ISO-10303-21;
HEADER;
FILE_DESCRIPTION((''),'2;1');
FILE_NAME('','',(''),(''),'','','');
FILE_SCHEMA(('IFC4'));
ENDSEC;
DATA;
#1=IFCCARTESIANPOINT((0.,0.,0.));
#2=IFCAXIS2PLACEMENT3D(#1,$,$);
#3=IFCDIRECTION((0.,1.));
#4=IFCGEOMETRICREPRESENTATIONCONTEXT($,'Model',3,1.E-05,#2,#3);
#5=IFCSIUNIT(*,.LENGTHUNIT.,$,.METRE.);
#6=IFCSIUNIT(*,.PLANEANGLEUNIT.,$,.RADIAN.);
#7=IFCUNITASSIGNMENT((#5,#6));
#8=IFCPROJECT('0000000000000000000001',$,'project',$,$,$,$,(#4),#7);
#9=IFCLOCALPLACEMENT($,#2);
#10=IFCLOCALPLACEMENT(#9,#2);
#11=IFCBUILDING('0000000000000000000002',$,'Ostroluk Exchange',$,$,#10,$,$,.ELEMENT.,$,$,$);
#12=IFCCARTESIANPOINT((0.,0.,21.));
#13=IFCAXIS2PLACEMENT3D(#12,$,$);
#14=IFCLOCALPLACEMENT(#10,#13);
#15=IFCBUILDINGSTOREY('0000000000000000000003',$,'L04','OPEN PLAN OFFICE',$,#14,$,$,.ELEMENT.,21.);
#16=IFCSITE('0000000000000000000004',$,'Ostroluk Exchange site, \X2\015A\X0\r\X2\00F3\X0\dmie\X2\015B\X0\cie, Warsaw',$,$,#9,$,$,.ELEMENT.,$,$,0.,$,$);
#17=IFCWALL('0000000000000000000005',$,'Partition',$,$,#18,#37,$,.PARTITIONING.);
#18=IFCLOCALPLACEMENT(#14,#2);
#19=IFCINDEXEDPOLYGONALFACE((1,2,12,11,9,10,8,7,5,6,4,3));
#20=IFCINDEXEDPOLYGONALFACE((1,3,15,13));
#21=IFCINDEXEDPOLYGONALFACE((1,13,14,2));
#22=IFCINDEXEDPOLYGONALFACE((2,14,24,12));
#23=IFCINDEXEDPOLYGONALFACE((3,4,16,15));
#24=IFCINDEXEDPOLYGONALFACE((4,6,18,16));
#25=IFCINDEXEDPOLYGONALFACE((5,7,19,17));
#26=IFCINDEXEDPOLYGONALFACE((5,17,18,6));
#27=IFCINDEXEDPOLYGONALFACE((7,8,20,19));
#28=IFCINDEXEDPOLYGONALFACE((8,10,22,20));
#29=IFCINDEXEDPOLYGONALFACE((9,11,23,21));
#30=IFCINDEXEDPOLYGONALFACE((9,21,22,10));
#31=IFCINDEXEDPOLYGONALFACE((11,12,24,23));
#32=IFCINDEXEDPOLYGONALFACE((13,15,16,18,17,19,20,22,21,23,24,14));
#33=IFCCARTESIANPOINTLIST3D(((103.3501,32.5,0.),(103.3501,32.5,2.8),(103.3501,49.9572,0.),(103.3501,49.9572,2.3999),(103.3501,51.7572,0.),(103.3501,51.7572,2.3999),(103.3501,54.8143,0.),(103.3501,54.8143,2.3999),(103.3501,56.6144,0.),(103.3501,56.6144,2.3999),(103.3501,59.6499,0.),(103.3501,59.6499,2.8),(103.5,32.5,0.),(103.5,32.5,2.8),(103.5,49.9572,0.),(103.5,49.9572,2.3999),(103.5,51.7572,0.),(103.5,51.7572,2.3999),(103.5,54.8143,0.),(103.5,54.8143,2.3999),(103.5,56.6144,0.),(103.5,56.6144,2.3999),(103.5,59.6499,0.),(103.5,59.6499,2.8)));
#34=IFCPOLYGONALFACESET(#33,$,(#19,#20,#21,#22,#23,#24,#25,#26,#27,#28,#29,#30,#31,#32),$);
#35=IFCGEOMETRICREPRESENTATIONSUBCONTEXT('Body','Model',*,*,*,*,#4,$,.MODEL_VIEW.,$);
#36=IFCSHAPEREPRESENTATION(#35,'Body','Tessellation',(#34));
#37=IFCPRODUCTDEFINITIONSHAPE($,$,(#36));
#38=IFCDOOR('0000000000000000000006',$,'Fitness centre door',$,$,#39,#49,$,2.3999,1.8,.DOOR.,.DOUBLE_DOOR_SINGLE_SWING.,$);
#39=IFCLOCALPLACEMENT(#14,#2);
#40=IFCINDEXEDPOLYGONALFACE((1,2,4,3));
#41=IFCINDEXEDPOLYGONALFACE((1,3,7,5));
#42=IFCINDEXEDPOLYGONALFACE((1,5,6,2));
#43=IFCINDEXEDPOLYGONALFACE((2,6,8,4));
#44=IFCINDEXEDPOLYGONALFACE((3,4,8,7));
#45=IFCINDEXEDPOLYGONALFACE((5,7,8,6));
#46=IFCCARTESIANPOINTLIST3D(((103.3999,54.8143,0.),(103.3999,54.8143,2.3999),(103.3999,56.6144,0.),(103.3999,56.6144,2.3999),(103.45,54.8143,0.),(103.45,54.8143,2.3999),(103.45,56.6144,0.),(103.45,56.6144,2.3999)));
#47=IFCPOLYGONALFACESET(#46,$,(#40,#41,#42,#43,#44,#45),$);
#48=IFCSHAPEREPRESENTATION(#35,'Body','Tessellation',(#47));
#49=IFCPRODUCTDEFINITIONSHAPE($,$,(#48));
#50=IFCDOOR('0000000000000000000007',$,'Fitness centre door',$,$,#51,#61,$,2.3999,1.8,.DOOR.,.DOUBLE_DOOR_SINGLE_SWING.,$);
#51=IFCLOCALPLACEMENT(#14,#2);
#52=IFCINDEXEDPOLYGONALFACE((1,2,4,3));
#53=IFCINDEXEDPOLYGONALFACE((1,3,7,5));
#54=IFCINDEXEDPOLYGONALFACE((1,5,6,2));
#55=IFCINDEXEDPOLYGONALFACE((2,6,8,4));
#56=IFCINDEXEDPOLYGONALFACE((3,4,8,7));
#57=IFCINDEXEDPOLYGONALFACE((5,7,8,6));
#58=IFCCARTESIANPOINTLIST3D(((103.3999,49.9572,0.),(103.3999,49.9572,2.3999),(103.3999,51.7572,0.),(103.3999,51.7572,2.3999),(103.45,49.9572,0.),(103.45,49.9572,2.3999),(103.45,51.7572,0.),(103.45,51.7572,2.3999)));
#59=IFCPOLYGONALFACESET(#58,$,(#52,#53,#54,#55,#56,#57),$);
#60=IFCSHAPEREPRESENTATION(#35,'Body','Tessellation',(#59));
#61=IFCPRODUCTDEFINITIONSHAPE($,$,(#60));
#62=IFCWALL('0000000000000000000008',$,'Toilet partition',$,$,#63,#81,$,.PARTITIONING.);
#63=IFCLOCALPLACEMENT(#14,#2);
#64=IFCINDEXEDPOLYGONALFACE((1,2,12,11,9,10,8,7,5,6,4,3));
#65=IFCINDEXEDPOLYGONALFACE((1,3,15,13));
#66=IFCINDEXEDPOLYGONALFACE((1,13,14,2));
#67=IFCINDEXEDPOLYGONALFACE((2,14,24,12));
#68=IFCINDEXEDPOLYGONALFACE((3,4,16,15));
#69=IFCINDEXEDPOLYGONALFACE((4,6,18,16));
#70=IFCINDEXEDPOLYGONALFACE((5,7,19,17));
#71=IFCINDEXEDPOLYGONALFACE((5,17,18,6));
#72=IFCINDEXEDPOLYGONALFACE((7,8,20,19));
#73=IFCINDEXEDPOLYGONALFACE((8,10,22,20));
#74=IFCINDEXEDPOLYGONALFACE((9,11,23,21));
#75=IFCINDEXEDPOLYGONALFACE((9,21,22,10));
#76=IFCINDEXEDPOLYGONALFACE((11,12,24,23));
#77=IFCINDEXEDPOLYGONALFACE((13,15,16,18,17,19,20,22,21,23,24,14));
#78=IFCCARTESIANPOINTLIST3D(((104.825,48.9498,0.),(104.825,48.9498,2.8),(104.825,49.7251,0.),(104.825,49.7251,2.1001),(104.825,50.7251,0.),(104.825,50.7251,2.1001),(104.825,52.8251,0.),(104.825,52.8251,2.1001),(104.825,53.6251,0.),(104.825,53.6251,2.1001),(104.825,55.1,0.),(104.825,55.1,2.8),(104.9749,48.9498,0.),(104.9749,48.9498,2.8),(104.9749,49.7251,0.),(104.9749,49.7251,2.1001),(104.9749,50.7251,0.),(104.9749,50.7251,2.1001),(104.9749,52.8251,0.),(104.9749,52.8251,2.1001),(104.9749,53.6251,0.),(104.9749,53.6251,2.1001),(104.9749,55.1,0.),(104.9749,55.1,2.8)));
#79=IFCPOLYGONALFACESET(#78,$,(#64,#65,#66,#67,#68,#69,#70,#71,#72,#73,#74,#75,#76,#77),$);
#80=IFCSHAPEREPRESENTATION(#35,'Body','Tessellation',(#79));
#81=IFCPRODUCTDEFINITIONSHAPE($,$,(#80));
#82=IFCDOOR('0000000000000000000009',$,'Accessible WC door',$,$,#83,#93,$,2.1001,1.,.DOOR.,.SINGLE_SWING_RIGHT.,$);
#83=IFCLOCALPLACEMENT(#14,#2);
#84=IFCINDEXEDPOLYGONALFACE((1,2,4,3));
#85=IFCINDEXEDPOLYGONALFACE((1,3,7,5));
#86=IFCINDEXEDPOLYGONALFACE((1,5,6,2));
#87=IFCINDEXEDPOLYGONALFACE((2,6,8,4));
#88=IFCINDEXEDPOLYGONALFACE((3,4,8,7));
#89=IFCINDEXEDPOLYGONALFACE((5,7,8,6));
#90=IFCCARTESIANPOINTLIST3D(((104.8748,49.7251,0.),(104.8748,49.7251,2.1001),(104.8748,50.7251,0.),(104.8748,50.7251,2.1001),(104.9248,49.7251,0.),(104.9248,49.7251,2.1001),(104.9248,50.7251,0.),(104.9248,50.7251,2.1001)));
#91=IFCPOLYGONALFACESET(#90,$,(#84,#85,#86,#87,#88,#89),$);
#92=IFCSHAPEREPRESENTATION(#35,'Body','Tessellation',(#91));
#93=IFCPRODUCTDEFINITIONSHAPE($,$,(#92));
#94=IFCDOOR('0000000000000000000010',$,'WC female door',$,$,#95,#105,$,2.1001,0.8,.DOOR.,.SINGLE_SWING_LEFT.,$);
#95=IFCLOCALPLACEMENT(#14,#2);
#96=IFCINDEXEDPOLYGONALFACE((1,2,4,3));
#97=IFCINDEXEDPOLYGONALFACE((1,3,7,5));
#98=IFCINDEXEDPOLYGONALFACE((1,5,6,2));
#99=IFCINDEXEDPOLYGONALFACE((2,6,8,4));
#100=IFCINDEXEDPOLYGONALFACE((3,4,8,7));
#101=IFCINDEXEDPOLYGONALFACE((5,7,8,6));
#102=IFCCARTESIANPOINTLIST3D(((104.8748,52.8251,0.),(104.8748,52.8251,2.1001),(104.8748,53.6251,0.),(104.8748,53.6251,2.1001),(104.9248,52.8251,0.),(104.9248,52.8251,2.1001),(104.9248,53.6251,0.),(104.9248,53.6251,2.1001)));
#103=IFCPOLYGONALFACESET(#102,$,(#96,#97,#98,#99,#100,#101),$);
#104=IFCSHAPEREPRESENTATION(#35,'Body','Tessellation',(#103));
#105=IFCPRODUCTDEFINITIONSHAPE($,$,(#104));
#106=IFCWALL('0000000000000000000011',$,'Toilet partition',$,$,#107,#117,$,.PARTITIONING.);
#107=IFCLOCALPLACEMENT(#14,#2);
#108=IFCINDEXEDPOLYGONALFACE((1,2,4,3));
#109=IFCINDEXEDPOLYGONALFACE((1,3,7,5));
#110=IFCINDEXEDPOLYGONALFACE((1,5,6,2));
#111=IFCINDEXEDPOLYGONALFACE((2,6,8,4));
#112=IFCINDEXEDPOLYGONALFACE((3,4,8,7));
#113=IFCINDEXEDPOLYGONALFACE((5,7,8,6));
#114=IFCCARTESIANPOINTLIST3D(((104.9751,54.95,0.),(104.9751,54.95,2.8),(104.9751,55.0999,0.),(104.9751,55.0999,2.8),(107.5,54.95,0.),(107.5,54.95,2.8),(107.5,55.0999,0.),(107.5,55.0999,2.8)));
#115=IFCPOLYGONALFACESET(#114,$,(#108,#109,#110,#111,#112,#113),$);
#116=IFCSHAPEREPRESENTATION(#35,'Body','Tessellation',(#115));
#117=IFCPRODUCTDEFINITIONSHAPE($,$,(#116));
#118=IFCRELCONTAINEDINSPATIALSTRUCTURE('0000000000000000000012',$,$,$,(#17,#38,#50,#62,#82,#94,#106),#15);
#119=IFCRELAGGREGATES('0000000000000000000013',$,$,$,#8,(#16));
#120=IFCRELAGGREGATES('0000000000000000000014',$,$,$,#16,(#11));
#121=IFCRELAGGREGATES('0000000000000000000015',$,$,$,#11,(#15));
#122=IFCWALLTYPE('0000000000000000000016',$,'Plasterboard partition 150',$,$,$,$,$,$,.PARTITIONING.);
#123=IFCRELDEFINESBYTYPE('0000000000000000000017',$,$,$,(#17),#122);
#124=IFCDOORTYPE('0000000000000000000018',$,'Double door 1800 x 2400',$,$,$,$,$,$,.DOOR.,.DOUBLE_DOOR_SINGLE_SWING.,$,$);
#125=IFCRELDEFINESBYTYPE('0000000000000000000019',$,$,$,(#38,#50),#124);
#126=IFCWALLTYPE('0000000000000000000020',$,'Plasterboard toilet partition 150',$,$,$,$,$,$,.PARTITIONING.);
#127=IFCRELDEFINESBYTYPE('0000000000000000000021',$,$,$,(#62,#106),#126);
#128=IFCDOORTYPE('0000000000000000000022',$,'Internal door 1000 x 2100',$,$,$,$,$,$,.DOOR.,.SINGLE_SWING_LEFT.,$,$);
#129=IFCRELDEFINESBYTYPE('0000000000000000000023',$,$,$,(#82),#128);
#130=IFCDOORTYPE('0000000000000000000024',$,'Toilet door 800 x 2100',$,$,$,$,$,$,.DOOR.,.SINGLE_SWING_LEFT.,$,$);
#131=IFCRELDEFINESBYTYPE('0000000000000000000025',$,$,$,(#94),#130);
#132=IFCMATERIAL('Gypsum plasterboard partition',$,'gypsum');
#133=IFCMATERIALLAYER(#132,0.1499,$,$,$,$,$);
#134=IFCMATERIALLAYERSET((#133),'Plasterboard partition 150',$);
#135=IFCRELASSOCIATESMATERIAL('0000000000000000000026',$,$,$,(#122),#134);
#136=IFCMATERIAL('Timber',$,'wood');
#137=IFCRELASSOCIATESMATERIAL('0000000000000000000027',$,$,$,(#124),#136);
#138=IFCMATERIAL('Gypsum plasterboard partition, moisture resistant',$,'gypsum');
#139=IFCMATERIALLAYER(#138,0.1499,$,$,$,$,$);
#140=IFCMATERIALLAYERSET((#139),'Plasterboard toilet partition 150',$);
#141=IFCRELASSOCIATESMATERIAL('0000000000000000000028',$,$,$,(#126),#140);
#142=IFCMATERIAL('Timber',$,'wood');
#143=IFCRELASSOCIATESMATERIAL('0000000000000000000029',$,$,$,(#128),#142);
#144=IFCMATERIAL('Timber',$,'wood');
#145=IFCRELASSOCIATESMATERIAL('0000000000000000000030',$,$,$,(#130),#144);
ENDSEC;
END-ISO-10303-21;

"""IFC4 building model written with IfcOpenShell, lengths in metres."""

from ifc_helpers import new_model, si_unit, direction, frame, frame_2d, origin, place, context, subcontext, project, spatial, rectangle, extrude, material, layer, layer_set, type_object, element, fill, save


model = new_model("IFC4")

# Units and contexts
model_context = context("Model", 3, precision=1e-05, world=origin(), true_north=direction((0.0, 1.0)))
body_context = subcontext(model_context, "Body", "Model", "MODEL_VIEW")
ifc_project = project(units=[si_unit("LENGTHUNIT", "METRE"), si_unit("PLANEANGLEUNIT", "RADIAN")], contexts=[model_context])

# Site, building, storey
site_placement = place(None, origin())
site = spatial("IfcSite", under=ifc_project, at=site_placement, Name="Ostroluk Exchange site, Śródmieście, Warsaw", CompositionType="ELEMENT", RefElevation=0.0)
building_placement = place(site_placement, origin())
building = spatial("IfcBuilding", under=site, at=building_placement, Name="Ostroluk Exchange", CompositionType="ELEMENT")
storey_placement = place(building_placement, frame((0.0, 0.0, 21.0)))
storey = spatial("IfcBuildingStorey", under=building, at=storey_placement, Name="L04", Description="OPEN PLAN OFFICE", CompositionType="ELEMENT", Elevation=21.0)

# Shared definitions
ifc_material_1 = material(Name="Gypsum plasterboard partition", Category="gypsum")
ifc_layer_1 = layer(ifc_material_1, 0.1499)
ifc_layer_set_1 = layer_set([ifc_layer_1], Name="Plasterboard partition 150")
wall_type_1 = type_object("IfcWallType", Name="Plasterboard partition 150", PredefinedType="PARTITIONING", material=ifc_layer_set_1)

# Walls, openings, doors
wall_1_placement = place(storey_placement, frame((103.425, 59.6499, 0.0), z_axis=(0.0, 0.0, 1.0), x_axis=(0.0, -1.0, 0.0)))
wall_1 = element("IfcWall", 1, at=wall_1_placement, inside=storey, type_object=wall_type_1, Name="Partition", PredefinedType="PARTITIONING", context=body_context, shape_type="SweptSolid", body=[
    extrude(rectangle(XDim=27.1499, YDim=0.1499, at=frame_2d((13.575, 0.0))), origin(), (0.0, 0.0, 1.0), 2.8),
])
opening_1_placement = place(wall_1_placement, frame((3.0356, 0.0, 0.0)))
opening_1 = element("IfcOpeningElement", 2, at=opening_1_placement, cuts=wall_1, PredefinedType="OPENING", context=body_context, shape_type="SweptSolid", body=[
    extrude(rectangle(XDim=1.8, YDim=2.3999, at=frame_2d((0.8999, 1.2))), frame((0.0, 0.085, 0.0), z_axis=(0.0, -1.0, 0.0), x_axis=(1.0, 0.0, 0.0)), (0.0, 0.0, 1.0), 0.1699),
])
opening_2_placement = place(wall_1_placement, frame((7.8928, 0.0, 0.0)))
opening_2 = element("IfcOpeningElement", 3, at=opening_2_placement, cuts=wall_1, PredefinedType="OPENING", context=body_context, shape_type="SweptSolid", body=[
    extrude(rectangle(XDim=1.8, YDim=2.3999, at=frame_2d((0.8999, 1.2))), frame((0.0, 0.085, 0.0), z_axis=(0.0, -1.0, 0.0), x_axis=(1.0, 0.0, 0.0)), (0.0, 0.0, 1.0), 0.1699),
])
ifc_material_2 = material(Name="Timber", Category="wood")
door_type_1 = type_object("IfcDoorType", Name="Double door 1800 x 2400", OperationType="DOUBLE_DOOR_SINGLE_SWING", PredefinedType="DOOR", material=ifc_material_2)
door_1_placement = place(opening_1_placement, origin())
door_1 = element("IfcDoor", 4, at=door_1_placement, inside=storey, type_object=door_type_1, Name="Fitness centre door", OperationType="DOUBLE_DOOR_SINGLE_SWING", OverallHeight=2.3999, OverallWidth=1.8, PredefinedType="DOOR", context=body_context, shape_type="SweptSolid", body=[
    extrude(rectangle(XDim=1.8, YDim=2.3999, at=frame_2d((0.8999, 1.2))), frame((0.0, 0.0249, 0.0), z_axis=(0.0, -1.0, 0.0), x_axis=(1.0, 0.0, 0.0)), (0.0, 0.0, 1.0), 0.05),
])
fill(opening_1, door_1)
door_2_placement = place(opening_2_placement, origin())
door_2 = element("IfcDoor", 5, at=door_2_placement, inside=storey, type_object=door_type_1, Name="Fitness centre door", OperationType="DOUBLE_DOOR_SINGLE_SWING", OverallHeight=2.3999, OverallWidth=1.8, PredefinedType="DOOR", context=body_context, shape_type="SweptSolid", body=[
    extrude(rectangle(XDim=1.8, YDim=2.3999, at=frame_2d((0.8999, 1.2))), frame((0.0, 0.0249, 0.0), z_axis=(0.0, -1.0, 0.0), x_axis=(1.0, 0.0, 0.0)), (0.0, 0.0, 1.0), 0.05),
])
fill(opening_2, door_2)
ifc_material_3 = material(Name="Gypsum plasterboard partition, moisture resistant", Category="gypsum")
ifc_layer_2 = layer(ifc_material_3, 0.1499)
ifc_layer_set_2 = layer_set([ifc_layer_2], Name="Plasterboard toilet partition 150")
wall_type_2 = type_object("IfcWallType", Name="Plasterboard toilet partition 150", PredefinedType="PARTITIONING", material=ifc_layer_set_2)
wall_2_placement = place(storey_placement, frame((104.8999, 55.1001, 0.0), z_axis=(0.0, 0.0, 1.0), x_axis=(0.0, -1.0, 0.0)))
wall_2 = element("IfcWall", 6, at=wall_2_placement, inside=storey, type_object=wall_type_2, Name="Toilet partition", PredefinedType="PARTITIONING", context=body_context, shape_type="SweptSolid", body=[
    extrude(rectangle(XDim=6.1501, YDim=0.1499, at=frame_2d((3.0752, 0.0))), origin(), (0.0, 0.0, 1.0), 2.8),
])
opening_3_placement = place(wall_2_placement, frame((1.4751, 0.0, 0.0)))
opening_3 = element("IfcOpeningElement", 7, at=opening_3_placement, cuts=wall_2, PredefinedType="OPENING", context=body_context, shape_type="SweptSolid", body=[
    extrude(rectangle(XDim=0.8, YDim=2.1001, at=frame_2d((0.3999, 1.05))), frame((0.0, 0.085, 0.0), z_axis=(0.0, -1.0, 0.0), x_axis=(1.0, 0.0, 0.0)), (0.0, 0.0, 1.0), 0.1699),
])
opening_4_placement = place(wall_2_placement, frame((4.375, 0.0, 0.0)))
opening_4 = element("IfcOpeningElement", 8, at=opening_4_placement, cuts=wall_2, PredefinedType="OPENING", context=body_context, shape_type="SweptSolid", body=[
    extrude(rectangle(XDim=1.0, YDim=2.1001, at=frame_2d((0.5, 1.05))), frame((0.0, 0.085, 0.0), z_axis=(0.0, -1.0, 0.0), x_axis=(1.0, 0.0, 0.0)), (0.0, 0.0, 1.0), 0.1699),
])
ifc_material_4 = material(Name="Timber", Category="wood")
door_type_2 = type_object("IfcDoorType", Name="Internal door 1000 x 2100", OperationType="SINGLE_SWING_LEFT", PredefinedType="DOOR", material=ifc_material_4)
door_3_placement = place(opening_4_placement, origin())
door_3 = element("IfcDoor", 9, at=door_3_placement, inside=storey, type_object=door_type_2, Name="Accessible WC door", OperationType="SINGLE_SWING_RIGHT", OverallHeight=2.1001, OverallWidth=1.0, PredefinedType="DOOR", context=body_context, shape_type="SweptSolid", body=[
    extrude(rectangle(XDim=1.0, YDim=2.1001, at=frame_2d((0.5, 1.05))), frame((0.0, 0.0249, 0.0), z_axis=(0.0, -1.0, 0.0), x_axis=(1.0, 0.0, 0.0)), (0.0, 0.0, 1.0), 0.05),
])
fill(opening_4, door_3)
ifc_material_5 = material(Name="Timber", Category="wood")
door_type_3 = type_object("IfcDoorType", Name="Toilet door 800 x 2100", OperationType="SINGLE_SWING_LEFT", PredefinedType="DOOR", material=ifc_material_5)
door_4_placement = place(opening_3_placement, origin())
door_4 = element("IfcDoor", 10, at=door_4_placement, inside=storey, type_object=door_type_3, Name="WC female door", OperationType="SINGLE_SWING_LEFT", OverallHeight=2.1001, OverallWidth=0.8, PredefinedType="DOOR", context=body_context, shape_type="SweptSolid", body=[
    extrude(rectangle(XDim=0.8, YDim=2.1001, at=frame_2d((0.3999, 1.05))), frame((0.0, 0.0249, 0.0), z_axis=(0.0, -1.0, 0.0), x_axis=(1.0, 0.0, 0.0)), (0.0, 0.0, 1.0), 0.05),
])
fill(opening_3, door_4)

# Wall
wall_3_placement = place(storey_placement, frame((104.9751, 55.0249, 0.0), z_axis=(0.0, 0.0, 1.0), x_axis=(1.0, 0.0, 0.0)))
element("IfcWall", 11, at=wall_3_placement, inside=storey, type_object=wall_type_2, Name="Toilet partition", PredefinedType="PARTITIONING", context=body_context, shape_type="SweptSolid", body=[
    extrude(rectangle(XDim=2.5249, YDim=0.1499, at=frame_2d((1.2625, 0.0))), origin(), (0.0, 0.0, 1.0), 2.8),
])

save(model, "model.ifc")
